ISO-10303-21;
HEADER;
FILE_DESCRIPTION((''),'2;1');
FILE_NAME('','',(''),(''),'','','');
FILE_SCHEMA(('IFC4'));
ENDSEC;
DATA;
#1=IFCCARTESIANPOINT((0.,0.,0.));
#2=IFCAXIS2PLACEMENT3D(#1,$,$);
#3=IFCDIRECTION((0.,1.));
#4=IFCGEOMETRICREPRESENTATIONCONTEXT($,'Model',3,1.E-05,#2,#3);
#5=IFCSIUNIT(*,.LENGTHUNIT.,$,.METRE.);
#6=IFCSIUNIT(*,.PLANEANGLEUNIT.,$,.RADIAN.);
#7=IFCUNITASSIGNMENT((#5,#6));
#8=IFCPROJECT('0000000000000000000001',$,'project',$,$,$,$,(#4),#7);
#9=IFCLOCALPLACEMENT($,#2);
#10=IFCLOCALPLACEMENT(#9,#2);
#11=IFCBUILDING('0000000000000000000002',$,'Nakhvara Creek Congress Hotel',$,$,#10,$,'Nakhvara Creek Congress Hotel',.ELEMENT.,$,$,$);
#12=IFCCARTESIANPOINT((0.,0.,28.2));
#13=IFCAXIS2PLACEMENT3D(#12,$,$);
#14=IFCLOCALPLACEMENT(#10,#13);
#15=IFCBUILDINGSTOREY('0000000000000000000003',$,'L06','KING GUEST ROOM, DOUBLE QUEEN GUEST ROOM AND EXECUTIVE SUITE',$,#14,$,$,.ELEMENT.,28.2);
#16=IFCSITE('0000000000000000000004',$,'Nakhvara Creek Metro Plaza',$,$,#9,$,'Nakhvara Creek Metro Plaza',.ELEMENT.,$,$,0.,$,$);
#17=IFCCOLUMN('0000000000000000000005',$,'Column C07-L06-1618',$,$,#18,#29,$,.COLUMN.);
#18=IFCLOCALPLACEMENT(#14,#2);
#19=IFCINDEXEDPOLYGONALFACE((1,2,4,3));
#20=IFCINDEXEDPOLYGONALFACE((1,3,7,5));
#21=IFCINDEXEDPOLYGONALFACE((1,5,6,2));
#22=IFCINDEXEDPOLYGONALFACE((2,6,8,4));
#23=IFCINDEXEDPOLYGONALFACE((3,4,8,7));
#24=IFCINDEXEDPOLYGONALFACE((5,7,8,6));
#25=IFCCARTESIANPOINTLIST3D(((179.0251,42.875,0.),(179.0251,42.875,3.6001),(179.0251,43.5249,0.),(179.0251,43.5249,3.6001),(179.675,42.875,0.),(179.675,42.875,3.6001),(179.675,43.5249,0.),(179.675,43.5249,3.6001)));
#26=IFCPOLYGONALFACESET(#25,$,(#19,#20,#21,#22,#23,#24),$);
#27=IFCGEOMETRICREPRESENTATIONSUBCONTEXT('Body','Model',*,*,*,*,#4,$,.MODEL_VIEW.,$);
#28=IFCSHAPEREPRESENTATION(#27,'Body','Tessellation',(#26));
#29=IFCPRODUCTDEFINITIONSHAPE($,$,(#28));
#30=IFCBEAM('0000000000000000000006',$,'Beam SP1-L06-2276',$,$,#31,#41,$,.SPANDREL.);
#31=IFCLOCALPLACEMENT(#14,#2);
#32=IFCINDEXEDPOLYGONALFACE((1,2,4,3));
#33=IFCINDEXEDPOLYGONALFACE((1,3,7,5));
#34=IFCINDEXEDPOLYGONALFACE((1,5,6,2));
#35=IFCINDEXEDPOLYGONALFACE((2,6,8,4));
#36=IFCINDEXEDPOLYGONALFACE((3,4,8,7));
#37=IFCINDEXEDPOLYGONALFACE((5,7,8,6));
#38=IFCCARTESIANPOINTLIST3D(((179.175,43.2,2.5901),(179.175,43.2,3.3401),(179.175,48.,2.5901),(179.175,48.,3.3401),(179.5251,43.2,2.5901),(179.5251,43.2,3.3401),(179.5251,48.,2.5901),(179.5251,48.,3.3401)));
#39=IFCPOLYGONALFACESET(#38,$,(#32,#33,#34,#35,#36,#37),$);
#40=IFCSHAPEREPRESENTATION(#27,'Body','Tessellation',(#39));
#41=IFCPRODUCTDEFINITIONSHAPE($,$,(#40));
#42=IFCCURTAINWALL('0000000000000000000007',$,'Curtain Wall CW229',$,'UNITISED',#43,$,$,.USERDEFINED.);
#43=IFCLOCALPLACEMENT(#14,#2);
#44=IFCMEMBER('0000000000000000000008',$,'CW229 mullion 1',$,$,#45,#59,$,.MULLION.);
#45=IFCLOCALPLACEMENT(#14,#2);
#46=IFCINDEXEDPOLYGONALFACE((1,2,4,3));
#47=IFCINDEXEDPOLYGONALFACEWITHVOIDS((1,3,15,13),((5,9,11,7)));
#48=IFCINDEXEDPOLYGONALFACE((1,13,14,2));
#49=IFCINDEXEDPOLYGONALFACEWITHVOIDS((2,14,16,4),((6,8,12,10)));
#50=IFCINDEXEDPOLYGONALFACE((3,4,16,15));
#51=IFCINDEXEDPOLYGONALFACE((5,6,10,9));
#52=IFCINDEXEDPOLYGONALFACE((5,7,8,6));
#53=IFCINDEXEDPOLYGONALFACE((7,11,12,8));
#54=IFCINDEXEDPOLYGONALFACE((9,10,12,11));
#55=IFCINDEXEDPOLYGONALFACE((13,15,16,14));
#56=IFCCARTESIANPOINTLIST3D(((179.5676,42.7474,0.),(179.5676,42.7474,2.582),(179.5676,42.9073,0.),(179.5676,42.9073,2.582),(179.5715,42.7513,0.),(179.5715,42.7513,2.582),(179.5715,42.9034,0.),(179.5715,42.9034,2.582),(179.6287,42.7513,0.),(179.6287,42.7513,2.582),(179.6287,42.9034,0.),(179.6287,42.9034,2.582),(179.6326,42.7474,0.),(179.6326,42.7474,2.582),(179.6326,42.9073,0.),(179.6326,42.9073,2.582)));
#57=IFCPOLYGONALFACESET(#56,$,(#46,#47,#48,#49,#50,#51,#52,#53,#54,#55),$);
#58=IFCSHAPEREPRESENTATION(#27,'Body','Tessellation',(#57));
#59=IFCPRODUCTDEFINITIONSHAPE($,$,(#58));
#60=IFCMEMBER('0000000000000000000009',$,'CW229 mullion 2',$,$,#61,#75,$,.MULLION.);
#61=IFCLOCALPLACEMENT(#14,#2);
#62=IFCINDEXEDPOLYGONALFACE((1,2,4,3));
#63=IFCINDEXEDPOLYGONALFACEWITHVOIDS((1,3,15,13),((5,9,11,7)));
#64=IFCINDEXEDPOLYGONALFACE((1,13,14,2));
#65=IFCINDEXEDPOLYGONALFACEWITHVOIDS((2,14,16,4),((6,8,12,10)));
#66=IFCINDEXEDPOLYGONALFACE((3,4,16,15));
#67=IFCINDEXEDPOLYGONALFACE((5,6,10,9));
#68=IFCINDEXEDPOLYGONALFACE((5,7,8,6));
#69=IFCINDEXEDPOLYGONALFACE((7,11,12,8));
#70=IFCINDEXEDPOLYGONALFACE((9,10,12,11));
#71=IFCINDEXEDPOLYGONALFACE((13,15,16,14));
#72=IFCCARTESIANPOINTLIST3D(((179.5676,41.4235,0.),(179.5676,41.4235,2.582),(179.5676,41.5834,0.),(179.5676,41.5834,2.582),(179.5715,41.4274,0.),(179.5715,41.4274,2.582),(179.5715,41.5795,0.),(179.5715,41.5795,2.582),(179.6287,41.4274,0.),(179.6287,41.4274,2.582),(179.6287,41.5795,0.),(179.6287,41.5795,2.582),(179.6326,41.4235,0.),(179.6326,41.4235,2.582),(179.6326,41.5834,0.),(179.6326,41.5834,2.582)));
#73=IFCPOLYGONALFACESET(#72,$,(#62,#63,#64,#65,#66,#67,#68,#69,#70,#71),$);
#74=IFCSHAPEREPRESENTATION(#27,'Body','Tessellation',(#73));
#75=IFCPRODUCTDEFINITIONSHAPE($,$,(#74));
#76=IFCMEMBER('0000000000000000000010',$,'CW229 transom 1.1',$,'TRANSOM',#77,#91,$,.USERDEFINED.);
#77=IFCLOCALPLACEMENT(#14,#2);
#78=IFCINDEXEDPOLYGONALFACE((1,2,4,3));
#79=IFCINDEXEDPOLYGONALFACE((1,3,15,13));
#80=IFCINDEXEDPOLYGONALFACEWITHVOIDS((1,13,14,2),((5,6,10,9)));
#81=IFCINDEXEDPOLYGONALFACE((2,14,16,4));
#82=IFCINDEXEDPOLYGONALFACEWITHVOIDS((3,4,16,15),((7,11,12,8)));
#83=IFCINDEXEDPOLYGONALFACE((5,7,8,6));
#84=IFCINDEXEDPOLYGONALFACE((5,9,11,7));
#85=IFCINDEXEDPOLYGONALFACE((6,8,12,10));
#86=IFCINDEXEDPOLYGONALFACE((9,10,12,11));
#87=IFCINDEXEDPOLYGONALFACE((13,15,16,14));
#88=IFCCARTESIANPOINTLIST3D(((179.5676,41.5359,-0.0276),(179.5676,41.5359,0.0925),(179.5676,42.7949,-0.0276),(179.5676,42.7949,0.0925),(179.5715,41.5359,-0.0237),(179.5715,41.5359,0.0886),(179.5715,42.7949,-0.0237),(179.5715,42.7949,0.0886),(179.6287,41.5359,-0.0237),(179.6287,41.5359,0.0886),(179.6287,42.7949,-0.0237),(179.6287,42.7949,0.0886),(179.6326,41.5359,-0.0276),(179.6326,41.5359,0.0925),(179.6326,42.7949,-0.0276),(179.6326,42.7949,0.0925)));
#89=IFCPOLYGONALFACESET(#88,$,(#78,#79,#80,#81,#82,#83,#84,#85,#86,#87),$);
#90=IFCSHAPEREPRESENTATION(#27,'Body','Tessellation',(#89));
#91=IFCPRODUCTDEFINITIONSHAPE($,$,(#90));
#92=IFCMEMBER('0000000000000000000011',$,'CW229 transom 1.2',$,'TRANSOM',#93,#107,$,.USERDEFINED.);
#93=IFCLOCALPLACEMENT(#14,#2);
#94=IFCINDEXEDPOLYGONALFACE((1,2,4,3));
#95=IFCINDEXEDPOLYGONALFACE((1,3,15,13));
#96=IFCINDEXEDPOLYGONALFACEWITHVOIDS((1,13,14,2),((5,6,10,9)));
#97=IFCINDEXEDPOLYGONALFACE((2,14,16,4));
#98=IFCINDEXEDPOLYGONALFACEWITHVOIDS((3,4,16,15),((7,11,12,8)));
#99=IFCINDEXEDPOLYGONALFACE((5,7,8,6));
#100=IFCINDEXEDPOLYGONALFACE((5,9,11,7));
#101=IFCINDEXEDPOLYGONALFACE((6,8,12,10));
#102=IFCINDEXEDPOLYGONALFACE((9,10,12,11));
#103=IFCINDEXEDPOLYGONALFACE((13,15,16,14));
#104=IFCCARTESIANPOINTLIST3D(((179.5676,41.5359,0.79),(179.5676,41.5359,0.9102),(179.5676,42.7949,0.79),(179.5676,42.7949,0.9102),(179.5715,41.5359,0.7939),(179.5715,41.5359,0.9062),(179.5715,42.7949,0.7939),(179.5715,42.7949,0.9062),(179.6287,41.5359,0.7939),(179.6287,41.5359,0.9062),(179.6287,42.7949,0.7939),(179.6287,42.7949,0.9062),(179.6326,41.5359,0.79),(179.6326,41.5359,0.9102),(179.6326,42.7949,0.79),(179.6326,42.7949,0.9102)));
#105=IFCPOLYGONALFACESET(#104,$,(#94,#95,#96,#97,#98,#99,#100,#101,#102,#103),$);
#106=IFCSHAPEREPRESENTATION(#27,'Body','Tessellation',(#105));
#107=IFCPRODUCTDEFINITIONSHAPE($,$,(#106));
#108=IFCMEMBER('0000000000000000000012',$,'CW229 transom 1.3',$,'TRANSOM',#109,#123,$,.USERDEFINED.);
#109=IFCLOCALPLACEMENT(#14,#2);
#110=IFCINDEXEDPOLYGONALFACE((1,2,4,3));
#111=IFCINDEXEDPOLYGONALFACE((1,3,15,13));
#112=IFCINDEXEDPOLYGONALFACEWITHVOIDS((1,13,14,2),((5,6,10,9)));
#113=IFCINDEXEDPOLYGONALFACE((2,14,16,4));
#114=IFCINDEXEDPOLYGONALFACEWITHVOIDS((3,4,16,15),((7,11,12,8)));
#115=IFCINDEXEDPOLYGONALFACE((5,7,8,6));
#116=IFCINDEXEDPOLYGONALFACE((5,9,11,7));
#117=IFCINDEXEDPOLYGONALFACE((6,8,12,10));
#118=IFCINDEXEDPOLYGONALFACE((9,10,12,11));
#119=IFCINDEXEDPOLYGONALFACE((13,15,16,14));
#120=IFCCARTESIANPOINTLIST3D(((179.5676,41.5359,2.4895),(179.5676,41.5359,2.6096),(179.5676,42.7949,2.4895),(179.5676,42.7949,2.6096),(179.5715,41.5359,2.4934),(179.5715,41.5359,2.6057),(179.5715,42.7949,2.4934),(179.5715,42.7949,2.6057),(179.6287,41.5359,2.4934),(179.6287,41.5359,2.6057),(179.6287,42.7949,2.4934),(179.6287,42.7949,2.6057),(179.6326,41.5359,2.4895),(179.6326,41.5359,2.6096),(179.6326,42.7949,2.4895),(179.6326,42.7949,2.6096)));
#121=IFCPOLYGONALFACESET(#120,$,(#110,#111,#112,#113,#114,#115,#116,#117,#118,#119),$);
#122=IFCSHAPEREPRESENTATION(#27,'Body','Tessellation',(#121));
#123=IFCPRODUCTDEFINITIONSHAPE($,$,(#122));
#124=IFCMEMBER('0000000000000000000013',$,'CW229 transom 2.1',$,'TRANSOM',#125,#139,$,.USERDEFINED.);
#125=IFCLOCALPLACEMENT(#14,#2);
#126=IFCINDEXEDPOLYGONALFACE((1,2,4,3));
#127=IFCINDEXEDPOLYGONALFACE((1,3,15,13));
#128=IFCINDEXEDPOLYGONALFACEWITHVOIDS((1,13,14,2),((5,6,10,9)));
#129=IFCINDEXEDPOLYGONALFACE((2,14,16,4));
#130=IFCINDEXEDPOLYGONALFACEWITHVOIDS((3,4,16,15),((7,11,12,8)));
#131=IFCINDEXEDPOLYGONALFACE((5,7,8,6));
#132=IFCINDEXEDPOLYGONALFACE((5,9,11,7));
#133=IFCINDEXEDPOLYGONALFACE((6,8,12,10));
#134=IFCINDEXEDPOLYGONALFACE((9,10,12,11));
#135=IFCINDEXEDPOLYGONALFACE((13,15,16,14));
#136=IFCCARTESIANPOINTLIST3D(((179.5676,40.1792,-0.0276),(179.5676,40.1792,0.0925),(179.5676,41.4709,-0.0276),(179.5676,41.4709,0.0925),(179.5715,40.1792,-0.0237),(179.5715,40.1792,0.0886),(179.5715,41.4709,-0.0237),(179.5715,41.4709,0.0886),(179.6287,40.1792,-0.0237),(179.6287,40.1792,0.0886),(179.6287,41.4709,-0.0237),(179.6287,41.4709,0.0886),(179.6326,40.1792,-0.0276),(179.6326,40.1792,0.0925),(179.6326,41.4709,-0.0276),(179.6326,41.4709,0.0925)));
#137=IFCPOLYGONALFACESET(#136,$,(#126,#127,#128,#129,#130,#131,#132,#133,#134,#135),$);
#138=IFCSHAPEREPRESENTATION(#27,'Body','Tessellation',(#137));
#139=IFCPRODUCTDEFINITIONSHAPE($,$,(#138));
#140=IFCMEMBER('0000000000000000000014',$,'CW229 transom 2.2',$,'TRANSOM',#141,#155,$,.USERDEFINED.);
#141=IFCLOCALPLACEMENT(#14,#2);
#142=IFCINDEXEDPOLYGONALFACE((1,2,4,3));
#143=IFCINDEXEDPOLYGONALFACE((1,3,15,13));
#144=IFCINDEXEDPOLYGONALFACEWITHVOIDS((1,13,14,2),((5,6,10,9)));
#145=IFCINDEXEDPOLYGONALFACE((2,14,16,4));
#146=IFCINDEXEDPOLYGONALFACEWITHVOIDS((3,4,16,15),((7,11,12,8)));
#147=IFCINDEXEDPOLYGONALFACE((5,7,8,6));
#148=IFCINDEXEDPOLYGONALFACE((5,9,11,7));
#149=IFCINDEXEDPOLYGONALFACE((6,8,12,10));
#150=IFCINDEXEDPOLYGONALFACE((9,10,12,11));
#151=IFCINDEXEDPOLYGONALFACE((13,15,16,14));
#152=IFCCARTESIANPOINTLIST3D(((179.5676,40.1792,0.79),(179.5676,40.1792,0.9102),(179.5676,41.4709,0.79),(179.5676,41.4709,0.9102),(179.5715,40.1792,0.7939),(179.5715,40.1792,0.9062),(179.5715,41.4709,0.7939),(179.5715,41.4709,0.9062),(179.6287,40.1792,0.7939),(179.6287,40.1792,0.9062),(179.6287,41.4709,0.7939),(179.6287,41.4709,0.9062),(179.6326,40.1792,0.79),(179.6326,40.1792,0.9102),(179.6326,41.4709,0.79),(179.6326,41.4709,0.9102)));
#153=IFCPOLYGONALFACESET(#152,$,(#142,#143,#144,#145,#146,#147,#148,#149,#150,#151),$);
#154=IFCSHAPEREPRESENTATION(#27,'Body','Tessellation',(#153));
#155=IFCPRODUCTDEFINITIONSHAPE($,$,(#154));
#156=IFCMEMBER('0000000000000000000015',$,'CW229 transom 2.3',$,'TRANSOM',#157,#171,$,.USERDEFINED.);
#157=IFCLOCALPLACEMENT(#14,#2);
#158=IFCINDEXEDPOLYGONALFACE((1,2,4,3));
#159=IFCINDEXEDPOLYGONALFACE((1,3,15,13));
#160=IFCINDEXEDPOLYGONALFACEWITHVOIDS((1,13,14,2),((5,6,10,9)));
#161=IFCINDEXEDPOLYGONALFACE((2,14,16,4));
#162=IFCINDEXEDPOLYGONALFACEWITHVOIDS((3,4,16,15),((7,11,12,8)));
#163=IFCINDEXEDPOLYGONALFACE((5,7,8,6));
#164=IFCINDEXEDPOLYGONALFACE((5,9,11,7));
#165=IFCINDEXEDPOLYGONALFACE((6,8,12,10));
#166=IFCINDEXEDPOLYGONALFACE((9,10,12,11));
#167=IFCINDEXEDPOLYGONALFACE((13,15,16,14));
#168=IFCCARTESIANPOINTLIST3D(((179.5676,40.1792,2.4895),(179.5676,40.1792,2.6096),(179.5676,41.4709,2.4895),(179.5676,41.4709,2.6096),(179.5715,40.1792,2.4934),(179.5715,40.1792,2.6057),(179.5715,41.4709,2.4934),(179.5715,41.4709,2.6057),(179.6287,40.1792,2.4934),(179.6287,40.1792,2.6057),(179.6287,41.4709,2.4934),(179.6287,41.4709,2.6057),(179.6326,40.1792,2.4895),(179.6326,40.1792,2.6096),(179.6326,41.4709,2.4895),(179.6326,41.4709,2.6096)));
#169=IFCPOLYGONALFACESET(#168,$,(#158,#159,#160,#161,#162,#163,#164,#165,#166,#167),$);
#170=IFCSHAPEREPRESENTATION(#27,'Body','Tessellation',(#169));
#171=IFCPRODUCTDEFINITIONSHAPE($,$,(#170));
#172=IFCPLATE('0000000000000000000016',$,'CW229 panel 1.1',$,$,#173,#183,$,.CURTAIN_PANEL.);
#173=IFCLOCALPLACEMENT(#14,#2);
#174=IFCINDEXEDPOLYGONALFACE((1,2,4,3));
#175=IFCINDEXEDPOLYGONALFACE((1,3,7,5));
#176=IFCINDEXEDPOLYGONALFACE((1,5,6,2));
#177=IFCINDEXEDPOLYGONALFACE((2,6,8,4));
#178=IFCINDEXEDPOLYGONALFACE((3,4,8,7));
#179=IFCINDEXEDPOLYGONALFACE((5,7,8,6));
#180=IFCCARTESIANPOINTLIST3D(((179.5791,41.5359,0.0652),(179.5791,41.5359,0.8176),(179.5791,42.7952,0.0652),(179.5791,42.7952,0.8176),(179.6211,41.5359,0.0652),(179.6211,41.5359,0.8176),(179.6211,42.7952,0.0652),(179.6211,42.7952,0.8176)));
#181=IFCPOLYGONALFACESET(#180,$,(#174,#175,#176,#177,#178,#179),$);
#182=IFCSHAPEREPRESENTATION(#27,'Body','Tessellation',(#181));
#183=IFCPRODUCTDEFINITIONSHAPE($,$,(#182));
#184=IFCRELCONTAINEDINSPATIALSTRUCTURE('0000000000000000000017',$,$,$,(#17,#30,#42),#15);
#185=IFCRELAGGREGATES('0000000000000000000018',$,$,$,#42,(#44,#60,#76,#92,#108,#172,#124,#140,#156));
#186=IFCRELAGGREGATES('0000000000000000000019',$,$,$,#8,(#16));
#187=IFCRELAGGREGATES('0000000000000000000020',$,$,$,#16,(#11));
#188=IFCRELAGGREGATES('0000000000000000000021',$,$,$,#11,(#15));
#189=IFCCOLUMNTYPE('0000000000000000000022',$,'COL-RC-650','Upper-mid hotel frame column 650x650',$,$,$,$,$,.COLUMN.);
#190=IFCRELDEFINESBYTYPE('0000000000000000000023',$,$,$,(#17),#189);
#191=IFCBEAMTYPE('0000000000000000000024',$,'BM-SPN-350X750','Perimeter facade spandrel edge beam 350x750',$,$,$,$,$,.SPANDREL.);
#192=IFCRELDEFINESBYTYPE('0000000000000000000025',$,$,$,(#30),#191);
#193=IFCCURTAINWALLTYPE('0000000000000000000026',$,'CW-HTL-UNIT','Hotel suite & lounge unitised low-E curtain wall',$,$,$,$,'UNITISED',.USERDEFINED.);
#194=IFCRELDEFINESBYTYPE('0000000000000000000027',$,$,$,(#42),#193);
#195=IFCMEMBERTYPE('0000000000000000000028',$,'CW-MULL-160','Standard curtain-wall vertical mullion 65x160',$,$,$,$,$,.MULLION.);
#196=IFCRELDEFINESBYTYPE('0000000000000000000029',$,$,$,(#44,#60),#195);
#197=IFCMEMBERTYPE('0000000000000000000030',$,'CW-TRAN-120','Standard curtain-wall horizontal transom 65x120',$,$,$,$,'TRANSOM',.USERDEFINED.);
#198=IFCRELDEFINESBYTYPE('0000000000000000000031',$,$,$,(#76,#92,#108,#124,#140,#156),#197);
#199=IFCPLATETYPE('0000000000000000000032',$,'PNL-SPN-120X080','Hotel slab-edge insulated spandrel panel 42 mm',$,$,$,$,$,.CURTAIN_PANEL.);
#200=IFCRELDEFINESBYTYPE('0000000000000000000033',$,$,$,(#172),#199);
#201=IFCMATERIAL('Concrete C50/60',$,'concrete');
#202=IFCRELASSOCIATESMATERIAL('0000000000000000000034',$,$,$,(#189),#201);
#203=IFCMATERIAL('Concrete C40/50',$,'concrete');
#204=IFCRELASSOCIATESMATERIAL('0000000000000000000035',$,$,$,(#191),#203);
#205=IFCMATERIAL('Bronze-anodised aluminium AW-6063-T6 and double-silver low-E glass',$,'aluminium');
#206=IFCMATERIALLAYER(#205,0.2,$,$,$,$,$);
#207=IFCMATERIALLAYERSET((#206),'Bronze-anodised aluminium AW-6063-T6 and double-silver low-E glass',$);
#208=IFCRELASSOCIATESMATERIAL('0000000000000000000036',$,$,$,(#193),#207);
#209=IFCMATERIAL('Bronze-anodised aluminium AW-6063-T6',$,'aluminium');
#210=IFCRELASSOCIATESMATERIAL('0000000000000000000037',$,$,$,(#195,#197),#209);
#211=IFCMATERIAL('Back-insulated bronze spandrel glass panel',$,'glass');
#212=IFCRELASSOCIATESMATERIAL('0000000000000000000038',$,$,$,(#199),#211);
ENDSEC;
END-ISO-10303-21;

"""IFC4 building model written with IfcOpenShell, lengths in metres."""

from ifc_helpers import new_model, si_unit, direction, frame, origin, origin_2d, place, context, subcontext, project, spatial, rectangle, hollow_rectangle, extrude, material, layer, layer_set, material_profile, profile_set, type_object, element, aggregate, save


model = new_model("IFC4")

# Units and contexts
model_context = context("Model", 3, precision=1e-05, world=origin(), true_north=direction((0.0, 1.0)))
body_context = subcontext(model_context, "Body", "Model", "MODEL_VIEW")
ifc_project = project(units=[si_unit("LENGTHUNIT", "METRE"), si_unit("PLANEANGLEUNIT", "RADIAN")], contexts=[model_context])

# Site, building, storey
site_placement = place(None, origin())
site = spatial("IfcSite", under=ifc_project, at=site_placement, Name="Nakhvara Creek Metro Plaza", LongName="Nakhvara Creek Metro Plaza", CompositionType="ELEMENT", RefElevation=0.0)
building_placement = place(site_placement, origin())
building = spatial("IfcBuilding", under=site, at=building_placement, Name="Nakhvara Creek Congress Hotel", LongName="Nakhvara Creek Congress Hotel", CompositionType="ELEMENT")
storey_placement = place(building_placement, frame((0.0, 0.0, 28.2)))
storey = spatial("IfcBuildingStorey", under=building, at=storey_placement, Name="L06", Description="KING GUEST ROOM, DOUBLE QUEEN GUEST ROOM AND EXECUTIVE SUITE", CompositionType="ELEMENT", Elevation=28.2)

# Column
ifc_material_1 = material(Name="Concrete C50/60", Category="concrete")
ifc_material_profile_1 = material_profile(ifc_material_1, rectangle(XDim=0.6499, YDim=0.6499, at=origin_2d()), Name="RC-COL 650x650", Category="LoadBearing")
ifc_profile_set_1 = profile_set([ifc_material_profile_1], Name="Concrete C50/60")
column_type = type_object("IfcColumnType", Name="COL-RC-650", Description="Upper-mid hotel frame column 650x650", PredefinedType="COLUMN", material=ifc_profile_set_1)
column_placement = place(storey_placement, frame((179.3501, 43.2, 0.0), z_axis=(0.0, 0.0, 1.0), x_axis=(1.0, 0.0, 0.0)))
element("IfcColumn", 1, at=column_placement, inside=storey, type_object=column_type, Name="Column C07-L06-1618", PredefinedType="COLUMN", context=body_context, shape_type="SweptSolid", body=[
    extrude(rectangle(XDim=0.6499, YDim=0.6499, at=origin_2d()), origin(), (0.0, 0.0, 1.0), 3.6001),
])

# Beam
ifc_material_2 = material(Name="Concrete C40/50", Category="concrete")
ifc_material_profile_2 = material_profile(ifc_material_2, rectangle(XDim=0.3501, YDim=0.75, at=origin_2d()), Name="RC-SPANDREL 350x750", Category="LoadBearing")
ifc_profile_set_2 = profile_set([ifc_material_profile_2], Name="Concrete C40/50")
beam_type = type_object("IfcBeamType", Name="BM-SPN-350X750", Description="Perimeter facade spandrel edge beam 350x750", PredefinedType="SPANDREL", material=ifc_profile_set_2)
beam_placement = place(storey_placement, frame((179.3501, 43.2, 2.9651), z_axis=(0.0, 1.0, 0.0), x_axis=(-1.0, 0.0, 0.0)))
element("IfcBeam", 2, at=beam_placement, inside=storey, type_object=beam_type, Name="Beam SP1-L06-2276", PredefinedType="SPANDREL", context=body_context, shape_type="SweptSolid", body=[
    extrude(rectangle(XDim=0.3501, YDim=0.75, at=origin_2d()), origin(), (0.0, 0.0, 1.0), 4.8),
])

# Curtain wall, members, plate
ifc_material_3 = material(Name="Bronze-anodised aluminium AW-6063-T6 and double-silver low-E glass", Category="aluminium")
ifc_layer_1 = layer(ifc_material_3, 0.2)
ifc_layer_set_1 = layer_set([ifc_layer_1], Name="Bronze-anodised aluminium AW-6063-T6 and double-silver low-E glass")
curtain_wall_type = type_object("IfcCurtainWallType", Name="CW-HTL-UNIT", Description="Hotel suite & lounge unitised low-E curtain wall", ElementType="UNITISED", PredefinedType="USERDEFINED", material=ifc_layer_set_1)
curtain_wall_placement = place(storey_placement, origin())
curtain_wall = element("IfcCurtainWall", 3, at=curtain_wall_placement, inside=storey, type_object=curtain_wall_type, Name="Curtain Wall CW229", ObjectType="UNITISED", PredefinedType="USERDEFINED")
ifc_material_4 = material(Name="Bronze-anodised aluminium AW-6063-T6", Category="aluminium")
ifc_material_profile_3 = material_profile(ifc_material_4, hollow_rectangle(XDim=0.0649, YDim=0.1599, WallThickness=0.0039, at=origin_2d()), Name="ALU-MULL 65x160x4", Category="LoadBearing")
ifc_profile_set_3 = profile_set([ifc_material_profile_3], Name="Bronze-anodised aluminium AW-6063-T6")
member_type_1 = type_object("IfcMemberType", Name="CW-MULL-160", Description="Standard curtain-wall vertical mullion 65x160", PredefinedType="MULLION", material=ifc_profile_set_3)
member_1_placement = place(storey_placement, frame((179.6001, 42.8274, 0.0), z_axis=(0.0, 0.0, 1.0), x_axis=(1.0, 0.0, 0.0)))
member_1 = element("IfcMember", 4, at=member_1_placement, type_object=member_type_1, Name="CW229 mullion 1", PredefinedType="MULLION", context=body_context, shape_type="SweptSolid", body=[
    extrude(hollow_rectangle(XDim=0.0649, YDim=0.1599, WallThickness=0.0039, at=origin_2d()), origin(), (0.0, 0.0, 1.0), 2.582),
])
member_2_placement = place(storey_placement, frame((179.6001, 41.5034, 0.0), z_axis=(0.0, 0.0, 1.0), x_axis=(1.0, 0.0, 0.0)))
member_2 = element("IfcMember", 5, at=member_2_placement, type_object=member_type_1, Name="CW229 mullion 2", PredefinedType="MULLION", context=body_context, shape_type="SweptSolid", body=[
    extrude(hollow_rectangle(XDim=0.0649, YDim=0.1599, WallThickness=0.0039, at=origin_2d()), origin(), (0.0, 0.0, 1.0), 2.582),
])
ifc_material_profile_4 = material_profile(ifc_material_4, hollow_rectangle(XDim=0.0649, YDim=0.1201, WallThickness=0.0039, at=origin_2d()), Name="ALU-TRAN 65x120x4", Category="LoadBearing")
ifc_profile_set_4 = profile_set([ifc_material_profile_4], Name="Bronze-anodised aluminium AW-6063-T6")
member_type_2 = type_object("IfcMemberType", Name="CW-TRAN-120", Description="Standard curtain-wall horizontal transom 65x120", ElementType="TRANSOM", PredefinedType="USERDEFINED", material=ifc_profile_set_4)
member_3_placement = place(storey_placement, frame((179.6001, 42.7949, 0.0325), z_axis=(0.0, -1.0, 0.0), x_axis=(1.0, 0.0, 0.0)))
member_3 = element("IfcMember", 6, at=member_3_placement, type_object=member_type_2, Name="CW229 transom 1.1", ObjectType="TRANSOM", PredefinedType="USERDEFINED", context=body_context, shape_type="SweptSolid", body=[
    extrude(hollow_rectangle(XDim=0.0649, YDim=0.1201, WallThickness=0.0039, at=origin_2d()), origin(), (0.0, 0.0, 1.0), 1.259),
])
member_4_placement = place(storey_placement, frame((179.6001, 42.7949, 0.8501), z_axis=(0.0, -1.0, 0.0), x_axis=(1.0, 0.0, 0.0)))
member_4 = element("IfcMember", 7, at=member_4_placement, type_object=member_type_2, Name="CW229 transom 1.2", ObjectType="TRANSOM", PredefinedType="USERDEFINED", context=body_context, shape_type="SweptSolid", body=[
    extrude(hollow_rectangle(XDim=0.0649, YDim=0.1201, WallThickness=0.0039, at=origin_2d()), origin(), (0.0, 0.0, 1.0), 1.259),
])
member_5_placement = place(storey_placement, frame((179.6001, 42.7949, 2.5496), z_axis=(0.0, -1.0, 0.0), x_axis=(1.0, 0.0, 0.0)))
member_5 = element("IfcMember", 8, at=member_5_placement, type_object=member_type_2, Name="CW229 transom 1.3", ObjectType="TRANSOM", PredefinedType="USERDEFINED", context=body_context, shape_type="SweptSolid", body=[
    extrude(hollow_rectangle(XDim=0.0649, YDim=0.1201, WallThickness=0.0039, at=origin_2d()), origin(), (0.0, 0.0, 1.0), 1.259),
])
member_6_placement = place(storey_placement, frame((179.6001, 41.4709, 0.0325), z_axis=(0.0, -1.0, 0.0), x_axis=(1.0, 0.0, 0.0)))
member_6 = element("IfcMember", 9, at=member_6_placement, type_object=member_type_2, Name="CW229 transom 2.1", ObjectType="TRANSOM", PredefinedType="USERDEFINED", context=body_context, shape_type="SweptSolid", body=[
    extrude(hollow_rectangle(XDim=0.0649, YDim=0.1201, WallThickness=0.0039, at=origin_2d()), origin(), (0.0, 0.0, 1.0), 1.2917),
])
member_7_placement = place(storey_placement, frame((179.6001, 41.4709, 0.8501), z_axis=(0.0, -1.0, 0.0), x_axis=(1.0, 0.0, 0.0)))
member_7 = element("IfcMember", 10, at=member_7_placement, type_object=member_type_2, Name="CW229 transom 2.2", ObjectType="TRANSOM", PredefinedType="USERDEFINED", context=body_context, shape_type="SweptSolid", body=[
    extrude(hollow_rectangle(XDim=0.0649, YDim=0.1201, WallThickness=0.0039, at=origin_2d()), origin(), (0.0, 0.0, 1.0), 1.2917),
])
member_8_placement = place(storey_placement, frame((179.6001, 41.4709, 2.5496), z_axis=(0.0, -1.0, 0.0), x_axis=(1.0, 0.0, 0.0)))
member_8 = element("IfcMember", 11, at=member_8_placement, type_object=member_type_2, Name="CW229 transom 2.3", ObjectType="TRANSOM", PredefinedType="USERDEFINED", context=body_context, shape_type="SweptSolid", body=[
    extrude(hollow_rectangle(XDim=0.0649, YDim=0.1201, WallThickness=0.0039, at=origin_2d()), origin(), (0.0, 0.0, 1.0), 1.2917),
])
ifc_material_5 = material(Name="Back-insulated bronze spandrel glass panel", Category="glass")
plate_type = type_object("IfcPlateType", Name="PNL-SPN-120X080", Description="Hotel slab-edge insulated spandrel panel 42 mm", PredefinedType="CURTAIN_PANEL", material=ifc_material_5)
plate_1_placement = place(storey_placement, frame((179.6001, 42.1655, 0.0652), z_axis=(0.0, 0.0, 1.0), x_axis=(0.0, -1.0, 0.0)))
plate_1 = element("IfcPlate", 12, at=plate_1_placement, type_object=plate_type, Name="CW229 panel 1.1", PredefinedType="CURTAIN_PANEL", context=body_context, shape_type="SweptSolid", body=[
    extrude(rectangle(XDim=1.2593, YDim=0.042, at=origin_2d()), origin(), (0.0, 0.0, 1.0), 0.7524),
])
aggregate(curtain_wall, [member_1, member_2, member_3, member_4, member_5, plate_1, member_6, member_7, member_8])

save(model, "model.ifc")
